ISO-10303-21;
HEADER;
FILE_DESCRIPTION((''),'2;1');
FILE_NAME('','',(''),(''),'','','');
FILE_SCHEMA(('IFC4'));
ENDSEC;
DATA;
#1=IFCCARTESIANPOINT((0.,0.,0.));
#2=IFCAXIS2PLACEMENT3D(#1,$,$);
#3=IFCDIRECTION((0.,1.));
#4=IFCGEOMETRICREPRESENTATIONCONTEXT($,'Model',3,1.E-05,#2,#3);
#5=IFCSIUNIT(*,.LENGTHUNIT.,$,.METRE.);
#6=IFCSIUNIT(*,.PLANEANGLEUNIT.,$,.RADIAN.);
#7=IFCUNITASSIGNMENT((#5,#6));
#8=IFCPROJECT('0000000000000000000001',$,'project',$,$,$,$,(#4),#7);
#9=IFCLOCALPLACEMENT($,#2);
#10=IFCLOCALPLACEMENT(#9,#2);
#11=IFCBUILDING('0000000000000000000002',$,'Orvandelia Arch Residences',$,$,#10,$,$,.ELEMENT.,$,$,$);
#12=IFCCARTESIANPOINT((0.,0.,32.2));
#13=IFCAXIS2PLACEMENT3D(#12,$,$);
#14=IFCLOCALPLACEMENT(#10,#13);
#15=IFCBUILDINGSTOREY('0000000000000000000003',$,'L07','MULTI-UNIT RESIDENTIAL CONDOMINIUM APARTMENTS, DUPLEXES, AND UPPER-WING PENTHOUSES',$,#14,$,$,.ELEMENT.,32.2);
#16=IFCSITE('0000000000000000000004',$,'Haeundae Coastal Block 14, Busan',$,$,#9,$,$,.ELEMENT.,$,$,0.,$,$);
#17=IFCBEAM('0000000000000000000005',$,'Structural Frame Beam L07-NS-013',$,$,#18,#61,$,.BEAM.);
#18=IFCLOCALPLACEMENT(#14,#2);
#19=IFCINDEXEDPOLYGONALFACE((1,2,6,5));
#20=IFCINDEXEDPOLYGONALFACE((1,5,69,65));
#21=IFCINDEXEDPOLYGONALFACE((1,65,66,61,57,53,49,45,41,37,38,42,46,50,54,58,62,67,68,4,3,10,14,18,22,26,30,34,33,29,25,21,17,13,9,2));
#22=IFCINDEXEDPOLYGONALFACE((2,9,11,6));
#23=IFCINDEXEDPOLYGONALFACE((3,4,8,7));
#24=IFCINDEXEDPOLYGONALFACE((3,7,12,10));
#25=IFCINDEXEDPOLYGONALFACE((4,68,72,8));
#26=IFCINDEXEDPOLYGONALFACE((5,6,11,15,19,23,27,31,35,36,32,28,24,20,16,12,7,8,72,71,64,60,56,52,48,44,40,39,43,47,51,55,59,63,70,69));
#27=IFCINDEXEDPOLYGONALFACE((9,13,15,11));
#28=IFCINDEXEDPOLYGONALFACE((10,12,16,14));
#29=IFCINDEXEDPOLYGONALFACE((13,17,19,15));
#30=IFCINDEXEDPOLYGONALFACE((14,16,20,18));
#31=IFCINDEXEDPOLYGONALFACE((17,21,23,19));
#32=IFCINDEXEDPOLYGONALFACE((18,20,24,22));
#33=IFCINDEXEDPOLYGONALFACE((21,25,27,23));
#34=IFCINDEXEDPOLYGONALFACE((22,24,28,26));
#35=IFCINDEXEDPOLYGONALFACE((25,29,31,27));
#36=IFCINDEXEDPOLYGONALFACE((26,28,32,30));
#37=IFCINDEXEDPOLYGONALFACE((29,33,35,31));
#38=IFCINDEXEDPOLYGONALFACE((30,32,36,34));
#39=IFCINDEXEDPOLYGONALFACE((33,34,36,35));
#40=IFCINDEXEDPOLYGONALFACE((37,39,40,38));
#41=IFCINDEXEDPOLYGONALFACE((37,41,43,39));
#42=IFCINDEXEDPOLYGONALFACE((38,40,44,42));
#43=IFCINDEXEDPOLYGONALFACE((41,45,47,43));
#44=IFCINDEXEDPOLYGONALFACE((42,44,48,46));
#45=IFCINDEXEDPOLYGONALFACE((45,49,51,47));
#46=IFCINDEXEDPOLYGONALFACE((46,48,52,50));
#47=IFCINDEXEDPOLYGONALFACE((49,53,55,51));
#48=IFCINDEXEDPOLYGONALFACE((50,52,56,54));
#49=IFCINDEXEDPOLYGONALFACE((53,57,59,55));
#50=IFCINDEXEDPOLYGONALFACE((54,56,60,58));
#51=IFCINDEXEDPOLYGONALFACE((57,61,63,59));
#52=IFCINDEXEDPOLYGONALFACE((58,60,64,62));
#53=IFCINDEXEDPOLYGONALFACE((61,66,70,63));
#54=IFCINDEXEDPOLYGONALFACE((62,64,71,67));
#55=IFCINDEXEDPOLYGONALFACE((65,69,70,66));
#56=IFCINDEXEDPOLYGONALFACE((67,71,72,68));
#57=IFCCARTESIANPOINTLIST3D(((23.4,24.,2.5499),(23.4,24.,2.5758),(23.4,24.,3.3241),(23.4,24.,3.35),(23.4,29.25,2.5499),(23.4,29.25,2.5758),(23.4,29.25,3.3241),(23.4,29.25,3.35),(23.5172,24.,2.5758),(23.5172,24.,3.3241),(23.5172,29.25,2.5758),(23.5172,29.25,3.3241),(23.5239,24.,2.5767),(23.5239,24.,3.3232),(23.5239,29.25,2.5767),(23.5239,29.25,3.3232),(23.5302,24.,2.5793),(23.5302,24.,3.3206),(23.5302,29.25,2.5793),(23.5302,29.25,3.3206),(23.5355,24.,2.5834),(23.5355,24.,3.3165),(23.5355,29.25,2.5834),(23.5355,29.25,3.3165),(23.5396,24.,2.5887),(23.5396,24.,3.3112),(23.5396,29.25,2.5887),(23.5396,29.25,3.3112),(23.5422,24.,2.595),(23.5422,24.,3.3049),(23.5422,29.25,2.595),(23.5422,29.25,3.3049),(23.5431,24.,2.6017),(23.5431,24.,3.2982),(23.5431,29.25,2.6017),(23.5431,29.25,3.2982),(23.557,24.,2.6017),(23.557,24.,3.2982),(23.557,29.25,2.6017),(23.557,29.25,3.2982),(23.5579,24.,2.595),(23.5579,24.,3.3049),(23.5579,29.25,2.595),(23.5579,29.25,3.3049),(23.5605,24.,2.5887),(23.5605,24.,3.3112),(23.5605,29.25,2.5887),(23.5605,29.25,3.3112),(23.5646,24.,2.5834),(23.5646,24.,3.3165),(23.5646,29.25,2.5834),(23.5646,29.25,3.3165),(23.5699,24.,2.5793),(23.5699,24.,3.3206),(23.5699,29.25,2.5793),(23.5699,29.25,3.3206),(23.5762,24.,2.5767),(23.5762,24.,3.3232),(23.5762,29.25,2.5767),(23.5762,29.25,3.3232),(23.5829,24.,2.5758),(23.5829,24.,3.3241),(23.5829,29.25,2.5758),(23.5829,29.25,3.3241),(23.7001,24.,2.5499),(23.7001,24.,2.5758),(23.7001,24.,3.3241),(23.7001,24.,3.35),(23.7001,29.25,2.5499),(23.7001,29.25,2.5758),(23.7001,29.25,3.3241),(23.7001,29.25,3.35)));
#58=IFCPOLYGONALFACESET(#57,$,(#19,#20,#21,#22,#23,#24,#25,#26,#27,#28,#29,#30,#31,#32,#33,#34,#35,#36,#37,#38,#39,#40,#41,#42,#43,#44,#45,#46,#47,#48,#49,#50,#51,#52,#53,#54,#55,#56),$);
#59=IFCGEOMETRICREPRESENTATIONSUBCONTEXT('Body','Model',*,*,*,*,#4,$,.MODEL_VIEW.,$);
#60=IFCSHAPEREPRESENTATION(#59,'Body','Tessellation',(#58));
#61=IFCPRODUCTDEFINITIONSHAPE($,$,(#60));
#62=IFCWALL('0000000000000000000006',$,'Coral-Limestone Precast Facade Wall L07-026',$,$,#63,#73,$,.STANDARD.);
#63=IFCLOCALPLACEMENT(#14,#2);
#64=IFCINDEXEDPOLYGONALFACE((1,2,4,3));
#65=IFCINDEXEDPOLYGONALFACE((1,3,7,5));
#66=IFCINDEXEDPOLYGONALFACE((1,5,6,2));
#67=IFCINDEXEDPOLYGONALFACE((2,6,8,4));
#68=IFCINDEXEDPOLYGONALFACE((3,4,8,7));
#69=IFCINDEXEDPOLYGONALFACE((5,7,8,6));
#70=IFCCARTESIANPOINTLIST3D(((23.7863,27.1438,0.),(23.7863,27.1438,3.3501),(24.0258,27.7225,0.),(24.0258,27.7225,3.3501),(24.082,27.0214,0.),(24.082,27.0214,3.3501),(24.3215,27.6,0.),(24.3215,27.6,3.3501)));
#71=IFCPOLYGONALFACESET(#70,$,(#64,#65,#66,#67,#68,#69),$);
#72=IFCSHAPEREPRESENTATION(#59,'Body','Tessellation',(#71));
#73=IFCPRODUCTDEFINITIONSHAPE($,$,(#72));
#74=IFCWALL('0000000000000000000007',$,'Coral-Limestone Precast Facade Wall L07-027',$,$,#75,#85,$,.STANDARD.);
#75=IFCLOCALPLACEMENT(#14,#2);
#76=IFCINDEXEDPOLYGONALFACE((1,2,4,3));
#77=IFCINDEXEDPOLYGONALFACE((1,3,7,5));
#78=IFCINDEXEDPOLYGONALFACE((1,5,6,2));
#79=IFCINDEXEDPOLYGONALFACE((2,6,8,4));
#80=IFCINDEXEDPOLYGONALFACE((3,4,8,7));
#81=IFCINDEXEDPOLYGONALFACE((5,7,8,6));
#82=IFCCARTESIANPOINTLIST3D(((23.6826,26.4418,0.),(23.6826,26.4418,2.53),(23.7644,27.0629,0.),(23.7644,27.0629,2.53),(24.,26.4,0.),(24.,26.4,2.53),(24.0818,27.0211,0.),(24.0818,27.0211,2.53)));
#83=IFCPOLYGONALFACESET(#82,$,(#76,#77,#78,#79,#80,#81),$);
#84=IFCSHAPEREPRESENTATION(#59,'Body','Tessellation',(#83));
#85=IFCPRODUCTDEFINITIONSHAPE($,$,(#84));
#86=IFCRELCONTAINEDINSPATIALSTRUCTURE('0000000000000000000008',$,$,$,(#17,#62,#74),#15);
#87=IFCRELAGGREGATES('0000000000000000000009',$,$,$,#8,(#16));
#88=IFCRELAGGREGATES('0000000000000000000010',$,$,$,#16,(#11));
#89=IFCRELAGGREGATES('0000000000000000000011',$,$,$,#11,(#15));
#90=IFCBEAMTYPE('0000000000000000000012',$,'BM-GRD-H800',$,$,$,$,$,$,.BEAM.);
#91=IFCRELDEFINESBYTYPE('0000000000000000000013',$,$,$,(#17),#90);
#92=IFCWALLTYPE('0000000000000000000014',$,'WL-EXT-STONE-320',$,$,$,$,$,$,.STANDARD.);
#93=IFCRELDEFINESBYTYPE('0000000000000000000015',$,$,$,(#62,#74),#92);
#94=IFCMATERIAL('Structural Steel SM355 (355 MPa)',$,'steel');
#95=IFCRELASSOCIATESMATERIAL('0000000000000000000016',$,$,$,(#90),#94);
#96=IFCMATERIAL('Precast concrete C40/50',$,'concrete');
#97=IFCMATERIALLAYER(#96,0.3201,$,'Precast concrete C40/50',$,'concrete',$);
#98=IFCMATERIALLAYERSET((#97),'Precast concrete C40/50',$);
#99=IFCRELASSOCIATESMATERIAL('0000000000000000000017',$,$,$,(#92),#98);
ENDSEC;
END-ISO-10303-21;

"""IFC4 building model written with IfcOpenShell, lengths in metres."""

from ifc_helpers import new_model, si_unit, direction, frame, frame_2d, origin, origin_2d, place, context, subcontext, project, spatial, rectangle, i_section, extrude, material, layer, layer_set, material_profile, profile_set, type_object, element, save


model = new_model("IFC4")

# Units and contexts
model_context = context("Model", 3, precision=1e-05, world=origin(), true_north=direction((0.0, 1.0)))
body_context = subcontext(model_context, "Body", "Model", "MODEL_VIEW")
ifc_project = project(units=[si_unit("LENGTHUNIT", "METRE"), si_unit("PLANEANGLEUNIT", "RADIAN")], contexts=[model_context])

# Site, building, storey
site_placement = place(None, origin())
site = spatial("IfcSite", under=ifc_project, at=site_placement, Name="Haeundae Coastal Block 14, Busan", CompositionType="ELEMENT", RefElevation=0.0)
building_placement = place(site_placement, origin())
building = spatial("IfcBuilding", under=site, at=building_placement, Name="Orvandelia Arch Residences", CompositionType="ELEMENT")
storey_placement = place(building_placement, frame((0.0, 0.0, 32.2)))
storey = spatial("IfcBuildingStorey", under=building, at=storey_placement, Name="L07", Description="MULTI-UNIT RESIDENTIAL CONDOMINIUM APARTMENTS, DUPLEXES, AND UPPER-WING PENTHOUSES", CompositionType="ELEMENT", Elevation=32.2)

# Beam
ifc_material_1 = material(Name="Structural Steel SM355 (355 MPa)", Category="steel")
ifc_material_profile_1 = material_profile(ifc_material_1, i_section(OverallWidth=0.3, OverallDepth=0.8, WebThickness=0.0139, FlangeThickness=0.0259, FilletRadius=0.0259, at=origin_2d()), Name="Structural Steel SM355 (355 MPa)", Category="steel")
ifc_profile_set_1 = profile_set([ifc_material_profile_1], Name="Structural Steel SM355 (355 MPa)")
beam_type = type_object("IfcBeamType", Name="BM-GRD-H800", PredefinedType="BEAM", material=ifc_profile_set_1)
beam_1_placement = place(storey_placement, frame((23.55, 24.0, 2.95), z_axis=(0.0, 1.0, 0.0), x_axis=(-1.0, 0.0, 0.0)))
element("IfcBeam", 1, at=beam_1_placement, inside=storey, type_object=beam_type, Name="Structural Frame Beam L07-NS-013", PredefinedType="BEAM", context=body_context, shape_type="SweptSolid", body=[
    extrude(i_section(OverallWidth=0.3, OverallDepth=0.8, WebThickness=0.0139, FlangeThickness=0.0259, FilletRadius=0.0259, at=origin_2d()), origin(), (0.0, 0.0, 1.0), 5.25),
])

# Walls
ifc_material_2 = material(Name="Precast concrete C40/50", Category="concrete")
ifc_layer_1 = layer(ifc_material_2, 0.3201, Name="Precast concrete C40/50", Category="concrete")
ifc_layer_set_1 = layer_set([ifc_layer_1], Name="Precast concrete C40/50")
wall_type_1 = type_object("IfcWallType", Name="WL-EXT-STONE-320", PredefinedType="STANDARD", material=ifc_layer_set_1)
wall_1_placement = place(storey_placement, frame((24.1736, 27.6611, 0.0), z_axis=(0.0, 0.0, 1.0), x_axis=(-0.382455, -0.923974, 0.0)))
element("IfcWall", 2, at=wall_1_placement, inside=storey, type_object=wall_type_1, Name="Coral-Limestone Precast Facade Wall L07-026", PredefinedType="STANDARD", context=body_context, shape_type="SweptSolid", body=[
    extrude(rectangle(XDim=0.6262, YDim=0.3201, at=frame_2d((0.313, 0.0))), origin(), (0.0, 0.0, 1.0), 3.3501),
])
wall_2_placement = place(storey_placement, frame((23.9231, 27.042, 0.0), z_axis=(0.0, 0.0, 1.0), x_axis=(-0.130555, -0.991441, 0.0)))
element("IfcWall", 3, at=wall_2_placement, inside=storey, type_object=wall_type_1, Name="Coral-Limestone Precast Facade Wall L07-027", PredefinedType="STANDARD", context=body_context, shape_type="SweptSolid", body=[
    extrude(rectangle(XDim=0.6265, YDim=0.3201, at=frame_2d((0.3132, 0.0))), origin(), (0.0, 0.0, 1.0), 2.53),
])

save(model, "model.ifc")
